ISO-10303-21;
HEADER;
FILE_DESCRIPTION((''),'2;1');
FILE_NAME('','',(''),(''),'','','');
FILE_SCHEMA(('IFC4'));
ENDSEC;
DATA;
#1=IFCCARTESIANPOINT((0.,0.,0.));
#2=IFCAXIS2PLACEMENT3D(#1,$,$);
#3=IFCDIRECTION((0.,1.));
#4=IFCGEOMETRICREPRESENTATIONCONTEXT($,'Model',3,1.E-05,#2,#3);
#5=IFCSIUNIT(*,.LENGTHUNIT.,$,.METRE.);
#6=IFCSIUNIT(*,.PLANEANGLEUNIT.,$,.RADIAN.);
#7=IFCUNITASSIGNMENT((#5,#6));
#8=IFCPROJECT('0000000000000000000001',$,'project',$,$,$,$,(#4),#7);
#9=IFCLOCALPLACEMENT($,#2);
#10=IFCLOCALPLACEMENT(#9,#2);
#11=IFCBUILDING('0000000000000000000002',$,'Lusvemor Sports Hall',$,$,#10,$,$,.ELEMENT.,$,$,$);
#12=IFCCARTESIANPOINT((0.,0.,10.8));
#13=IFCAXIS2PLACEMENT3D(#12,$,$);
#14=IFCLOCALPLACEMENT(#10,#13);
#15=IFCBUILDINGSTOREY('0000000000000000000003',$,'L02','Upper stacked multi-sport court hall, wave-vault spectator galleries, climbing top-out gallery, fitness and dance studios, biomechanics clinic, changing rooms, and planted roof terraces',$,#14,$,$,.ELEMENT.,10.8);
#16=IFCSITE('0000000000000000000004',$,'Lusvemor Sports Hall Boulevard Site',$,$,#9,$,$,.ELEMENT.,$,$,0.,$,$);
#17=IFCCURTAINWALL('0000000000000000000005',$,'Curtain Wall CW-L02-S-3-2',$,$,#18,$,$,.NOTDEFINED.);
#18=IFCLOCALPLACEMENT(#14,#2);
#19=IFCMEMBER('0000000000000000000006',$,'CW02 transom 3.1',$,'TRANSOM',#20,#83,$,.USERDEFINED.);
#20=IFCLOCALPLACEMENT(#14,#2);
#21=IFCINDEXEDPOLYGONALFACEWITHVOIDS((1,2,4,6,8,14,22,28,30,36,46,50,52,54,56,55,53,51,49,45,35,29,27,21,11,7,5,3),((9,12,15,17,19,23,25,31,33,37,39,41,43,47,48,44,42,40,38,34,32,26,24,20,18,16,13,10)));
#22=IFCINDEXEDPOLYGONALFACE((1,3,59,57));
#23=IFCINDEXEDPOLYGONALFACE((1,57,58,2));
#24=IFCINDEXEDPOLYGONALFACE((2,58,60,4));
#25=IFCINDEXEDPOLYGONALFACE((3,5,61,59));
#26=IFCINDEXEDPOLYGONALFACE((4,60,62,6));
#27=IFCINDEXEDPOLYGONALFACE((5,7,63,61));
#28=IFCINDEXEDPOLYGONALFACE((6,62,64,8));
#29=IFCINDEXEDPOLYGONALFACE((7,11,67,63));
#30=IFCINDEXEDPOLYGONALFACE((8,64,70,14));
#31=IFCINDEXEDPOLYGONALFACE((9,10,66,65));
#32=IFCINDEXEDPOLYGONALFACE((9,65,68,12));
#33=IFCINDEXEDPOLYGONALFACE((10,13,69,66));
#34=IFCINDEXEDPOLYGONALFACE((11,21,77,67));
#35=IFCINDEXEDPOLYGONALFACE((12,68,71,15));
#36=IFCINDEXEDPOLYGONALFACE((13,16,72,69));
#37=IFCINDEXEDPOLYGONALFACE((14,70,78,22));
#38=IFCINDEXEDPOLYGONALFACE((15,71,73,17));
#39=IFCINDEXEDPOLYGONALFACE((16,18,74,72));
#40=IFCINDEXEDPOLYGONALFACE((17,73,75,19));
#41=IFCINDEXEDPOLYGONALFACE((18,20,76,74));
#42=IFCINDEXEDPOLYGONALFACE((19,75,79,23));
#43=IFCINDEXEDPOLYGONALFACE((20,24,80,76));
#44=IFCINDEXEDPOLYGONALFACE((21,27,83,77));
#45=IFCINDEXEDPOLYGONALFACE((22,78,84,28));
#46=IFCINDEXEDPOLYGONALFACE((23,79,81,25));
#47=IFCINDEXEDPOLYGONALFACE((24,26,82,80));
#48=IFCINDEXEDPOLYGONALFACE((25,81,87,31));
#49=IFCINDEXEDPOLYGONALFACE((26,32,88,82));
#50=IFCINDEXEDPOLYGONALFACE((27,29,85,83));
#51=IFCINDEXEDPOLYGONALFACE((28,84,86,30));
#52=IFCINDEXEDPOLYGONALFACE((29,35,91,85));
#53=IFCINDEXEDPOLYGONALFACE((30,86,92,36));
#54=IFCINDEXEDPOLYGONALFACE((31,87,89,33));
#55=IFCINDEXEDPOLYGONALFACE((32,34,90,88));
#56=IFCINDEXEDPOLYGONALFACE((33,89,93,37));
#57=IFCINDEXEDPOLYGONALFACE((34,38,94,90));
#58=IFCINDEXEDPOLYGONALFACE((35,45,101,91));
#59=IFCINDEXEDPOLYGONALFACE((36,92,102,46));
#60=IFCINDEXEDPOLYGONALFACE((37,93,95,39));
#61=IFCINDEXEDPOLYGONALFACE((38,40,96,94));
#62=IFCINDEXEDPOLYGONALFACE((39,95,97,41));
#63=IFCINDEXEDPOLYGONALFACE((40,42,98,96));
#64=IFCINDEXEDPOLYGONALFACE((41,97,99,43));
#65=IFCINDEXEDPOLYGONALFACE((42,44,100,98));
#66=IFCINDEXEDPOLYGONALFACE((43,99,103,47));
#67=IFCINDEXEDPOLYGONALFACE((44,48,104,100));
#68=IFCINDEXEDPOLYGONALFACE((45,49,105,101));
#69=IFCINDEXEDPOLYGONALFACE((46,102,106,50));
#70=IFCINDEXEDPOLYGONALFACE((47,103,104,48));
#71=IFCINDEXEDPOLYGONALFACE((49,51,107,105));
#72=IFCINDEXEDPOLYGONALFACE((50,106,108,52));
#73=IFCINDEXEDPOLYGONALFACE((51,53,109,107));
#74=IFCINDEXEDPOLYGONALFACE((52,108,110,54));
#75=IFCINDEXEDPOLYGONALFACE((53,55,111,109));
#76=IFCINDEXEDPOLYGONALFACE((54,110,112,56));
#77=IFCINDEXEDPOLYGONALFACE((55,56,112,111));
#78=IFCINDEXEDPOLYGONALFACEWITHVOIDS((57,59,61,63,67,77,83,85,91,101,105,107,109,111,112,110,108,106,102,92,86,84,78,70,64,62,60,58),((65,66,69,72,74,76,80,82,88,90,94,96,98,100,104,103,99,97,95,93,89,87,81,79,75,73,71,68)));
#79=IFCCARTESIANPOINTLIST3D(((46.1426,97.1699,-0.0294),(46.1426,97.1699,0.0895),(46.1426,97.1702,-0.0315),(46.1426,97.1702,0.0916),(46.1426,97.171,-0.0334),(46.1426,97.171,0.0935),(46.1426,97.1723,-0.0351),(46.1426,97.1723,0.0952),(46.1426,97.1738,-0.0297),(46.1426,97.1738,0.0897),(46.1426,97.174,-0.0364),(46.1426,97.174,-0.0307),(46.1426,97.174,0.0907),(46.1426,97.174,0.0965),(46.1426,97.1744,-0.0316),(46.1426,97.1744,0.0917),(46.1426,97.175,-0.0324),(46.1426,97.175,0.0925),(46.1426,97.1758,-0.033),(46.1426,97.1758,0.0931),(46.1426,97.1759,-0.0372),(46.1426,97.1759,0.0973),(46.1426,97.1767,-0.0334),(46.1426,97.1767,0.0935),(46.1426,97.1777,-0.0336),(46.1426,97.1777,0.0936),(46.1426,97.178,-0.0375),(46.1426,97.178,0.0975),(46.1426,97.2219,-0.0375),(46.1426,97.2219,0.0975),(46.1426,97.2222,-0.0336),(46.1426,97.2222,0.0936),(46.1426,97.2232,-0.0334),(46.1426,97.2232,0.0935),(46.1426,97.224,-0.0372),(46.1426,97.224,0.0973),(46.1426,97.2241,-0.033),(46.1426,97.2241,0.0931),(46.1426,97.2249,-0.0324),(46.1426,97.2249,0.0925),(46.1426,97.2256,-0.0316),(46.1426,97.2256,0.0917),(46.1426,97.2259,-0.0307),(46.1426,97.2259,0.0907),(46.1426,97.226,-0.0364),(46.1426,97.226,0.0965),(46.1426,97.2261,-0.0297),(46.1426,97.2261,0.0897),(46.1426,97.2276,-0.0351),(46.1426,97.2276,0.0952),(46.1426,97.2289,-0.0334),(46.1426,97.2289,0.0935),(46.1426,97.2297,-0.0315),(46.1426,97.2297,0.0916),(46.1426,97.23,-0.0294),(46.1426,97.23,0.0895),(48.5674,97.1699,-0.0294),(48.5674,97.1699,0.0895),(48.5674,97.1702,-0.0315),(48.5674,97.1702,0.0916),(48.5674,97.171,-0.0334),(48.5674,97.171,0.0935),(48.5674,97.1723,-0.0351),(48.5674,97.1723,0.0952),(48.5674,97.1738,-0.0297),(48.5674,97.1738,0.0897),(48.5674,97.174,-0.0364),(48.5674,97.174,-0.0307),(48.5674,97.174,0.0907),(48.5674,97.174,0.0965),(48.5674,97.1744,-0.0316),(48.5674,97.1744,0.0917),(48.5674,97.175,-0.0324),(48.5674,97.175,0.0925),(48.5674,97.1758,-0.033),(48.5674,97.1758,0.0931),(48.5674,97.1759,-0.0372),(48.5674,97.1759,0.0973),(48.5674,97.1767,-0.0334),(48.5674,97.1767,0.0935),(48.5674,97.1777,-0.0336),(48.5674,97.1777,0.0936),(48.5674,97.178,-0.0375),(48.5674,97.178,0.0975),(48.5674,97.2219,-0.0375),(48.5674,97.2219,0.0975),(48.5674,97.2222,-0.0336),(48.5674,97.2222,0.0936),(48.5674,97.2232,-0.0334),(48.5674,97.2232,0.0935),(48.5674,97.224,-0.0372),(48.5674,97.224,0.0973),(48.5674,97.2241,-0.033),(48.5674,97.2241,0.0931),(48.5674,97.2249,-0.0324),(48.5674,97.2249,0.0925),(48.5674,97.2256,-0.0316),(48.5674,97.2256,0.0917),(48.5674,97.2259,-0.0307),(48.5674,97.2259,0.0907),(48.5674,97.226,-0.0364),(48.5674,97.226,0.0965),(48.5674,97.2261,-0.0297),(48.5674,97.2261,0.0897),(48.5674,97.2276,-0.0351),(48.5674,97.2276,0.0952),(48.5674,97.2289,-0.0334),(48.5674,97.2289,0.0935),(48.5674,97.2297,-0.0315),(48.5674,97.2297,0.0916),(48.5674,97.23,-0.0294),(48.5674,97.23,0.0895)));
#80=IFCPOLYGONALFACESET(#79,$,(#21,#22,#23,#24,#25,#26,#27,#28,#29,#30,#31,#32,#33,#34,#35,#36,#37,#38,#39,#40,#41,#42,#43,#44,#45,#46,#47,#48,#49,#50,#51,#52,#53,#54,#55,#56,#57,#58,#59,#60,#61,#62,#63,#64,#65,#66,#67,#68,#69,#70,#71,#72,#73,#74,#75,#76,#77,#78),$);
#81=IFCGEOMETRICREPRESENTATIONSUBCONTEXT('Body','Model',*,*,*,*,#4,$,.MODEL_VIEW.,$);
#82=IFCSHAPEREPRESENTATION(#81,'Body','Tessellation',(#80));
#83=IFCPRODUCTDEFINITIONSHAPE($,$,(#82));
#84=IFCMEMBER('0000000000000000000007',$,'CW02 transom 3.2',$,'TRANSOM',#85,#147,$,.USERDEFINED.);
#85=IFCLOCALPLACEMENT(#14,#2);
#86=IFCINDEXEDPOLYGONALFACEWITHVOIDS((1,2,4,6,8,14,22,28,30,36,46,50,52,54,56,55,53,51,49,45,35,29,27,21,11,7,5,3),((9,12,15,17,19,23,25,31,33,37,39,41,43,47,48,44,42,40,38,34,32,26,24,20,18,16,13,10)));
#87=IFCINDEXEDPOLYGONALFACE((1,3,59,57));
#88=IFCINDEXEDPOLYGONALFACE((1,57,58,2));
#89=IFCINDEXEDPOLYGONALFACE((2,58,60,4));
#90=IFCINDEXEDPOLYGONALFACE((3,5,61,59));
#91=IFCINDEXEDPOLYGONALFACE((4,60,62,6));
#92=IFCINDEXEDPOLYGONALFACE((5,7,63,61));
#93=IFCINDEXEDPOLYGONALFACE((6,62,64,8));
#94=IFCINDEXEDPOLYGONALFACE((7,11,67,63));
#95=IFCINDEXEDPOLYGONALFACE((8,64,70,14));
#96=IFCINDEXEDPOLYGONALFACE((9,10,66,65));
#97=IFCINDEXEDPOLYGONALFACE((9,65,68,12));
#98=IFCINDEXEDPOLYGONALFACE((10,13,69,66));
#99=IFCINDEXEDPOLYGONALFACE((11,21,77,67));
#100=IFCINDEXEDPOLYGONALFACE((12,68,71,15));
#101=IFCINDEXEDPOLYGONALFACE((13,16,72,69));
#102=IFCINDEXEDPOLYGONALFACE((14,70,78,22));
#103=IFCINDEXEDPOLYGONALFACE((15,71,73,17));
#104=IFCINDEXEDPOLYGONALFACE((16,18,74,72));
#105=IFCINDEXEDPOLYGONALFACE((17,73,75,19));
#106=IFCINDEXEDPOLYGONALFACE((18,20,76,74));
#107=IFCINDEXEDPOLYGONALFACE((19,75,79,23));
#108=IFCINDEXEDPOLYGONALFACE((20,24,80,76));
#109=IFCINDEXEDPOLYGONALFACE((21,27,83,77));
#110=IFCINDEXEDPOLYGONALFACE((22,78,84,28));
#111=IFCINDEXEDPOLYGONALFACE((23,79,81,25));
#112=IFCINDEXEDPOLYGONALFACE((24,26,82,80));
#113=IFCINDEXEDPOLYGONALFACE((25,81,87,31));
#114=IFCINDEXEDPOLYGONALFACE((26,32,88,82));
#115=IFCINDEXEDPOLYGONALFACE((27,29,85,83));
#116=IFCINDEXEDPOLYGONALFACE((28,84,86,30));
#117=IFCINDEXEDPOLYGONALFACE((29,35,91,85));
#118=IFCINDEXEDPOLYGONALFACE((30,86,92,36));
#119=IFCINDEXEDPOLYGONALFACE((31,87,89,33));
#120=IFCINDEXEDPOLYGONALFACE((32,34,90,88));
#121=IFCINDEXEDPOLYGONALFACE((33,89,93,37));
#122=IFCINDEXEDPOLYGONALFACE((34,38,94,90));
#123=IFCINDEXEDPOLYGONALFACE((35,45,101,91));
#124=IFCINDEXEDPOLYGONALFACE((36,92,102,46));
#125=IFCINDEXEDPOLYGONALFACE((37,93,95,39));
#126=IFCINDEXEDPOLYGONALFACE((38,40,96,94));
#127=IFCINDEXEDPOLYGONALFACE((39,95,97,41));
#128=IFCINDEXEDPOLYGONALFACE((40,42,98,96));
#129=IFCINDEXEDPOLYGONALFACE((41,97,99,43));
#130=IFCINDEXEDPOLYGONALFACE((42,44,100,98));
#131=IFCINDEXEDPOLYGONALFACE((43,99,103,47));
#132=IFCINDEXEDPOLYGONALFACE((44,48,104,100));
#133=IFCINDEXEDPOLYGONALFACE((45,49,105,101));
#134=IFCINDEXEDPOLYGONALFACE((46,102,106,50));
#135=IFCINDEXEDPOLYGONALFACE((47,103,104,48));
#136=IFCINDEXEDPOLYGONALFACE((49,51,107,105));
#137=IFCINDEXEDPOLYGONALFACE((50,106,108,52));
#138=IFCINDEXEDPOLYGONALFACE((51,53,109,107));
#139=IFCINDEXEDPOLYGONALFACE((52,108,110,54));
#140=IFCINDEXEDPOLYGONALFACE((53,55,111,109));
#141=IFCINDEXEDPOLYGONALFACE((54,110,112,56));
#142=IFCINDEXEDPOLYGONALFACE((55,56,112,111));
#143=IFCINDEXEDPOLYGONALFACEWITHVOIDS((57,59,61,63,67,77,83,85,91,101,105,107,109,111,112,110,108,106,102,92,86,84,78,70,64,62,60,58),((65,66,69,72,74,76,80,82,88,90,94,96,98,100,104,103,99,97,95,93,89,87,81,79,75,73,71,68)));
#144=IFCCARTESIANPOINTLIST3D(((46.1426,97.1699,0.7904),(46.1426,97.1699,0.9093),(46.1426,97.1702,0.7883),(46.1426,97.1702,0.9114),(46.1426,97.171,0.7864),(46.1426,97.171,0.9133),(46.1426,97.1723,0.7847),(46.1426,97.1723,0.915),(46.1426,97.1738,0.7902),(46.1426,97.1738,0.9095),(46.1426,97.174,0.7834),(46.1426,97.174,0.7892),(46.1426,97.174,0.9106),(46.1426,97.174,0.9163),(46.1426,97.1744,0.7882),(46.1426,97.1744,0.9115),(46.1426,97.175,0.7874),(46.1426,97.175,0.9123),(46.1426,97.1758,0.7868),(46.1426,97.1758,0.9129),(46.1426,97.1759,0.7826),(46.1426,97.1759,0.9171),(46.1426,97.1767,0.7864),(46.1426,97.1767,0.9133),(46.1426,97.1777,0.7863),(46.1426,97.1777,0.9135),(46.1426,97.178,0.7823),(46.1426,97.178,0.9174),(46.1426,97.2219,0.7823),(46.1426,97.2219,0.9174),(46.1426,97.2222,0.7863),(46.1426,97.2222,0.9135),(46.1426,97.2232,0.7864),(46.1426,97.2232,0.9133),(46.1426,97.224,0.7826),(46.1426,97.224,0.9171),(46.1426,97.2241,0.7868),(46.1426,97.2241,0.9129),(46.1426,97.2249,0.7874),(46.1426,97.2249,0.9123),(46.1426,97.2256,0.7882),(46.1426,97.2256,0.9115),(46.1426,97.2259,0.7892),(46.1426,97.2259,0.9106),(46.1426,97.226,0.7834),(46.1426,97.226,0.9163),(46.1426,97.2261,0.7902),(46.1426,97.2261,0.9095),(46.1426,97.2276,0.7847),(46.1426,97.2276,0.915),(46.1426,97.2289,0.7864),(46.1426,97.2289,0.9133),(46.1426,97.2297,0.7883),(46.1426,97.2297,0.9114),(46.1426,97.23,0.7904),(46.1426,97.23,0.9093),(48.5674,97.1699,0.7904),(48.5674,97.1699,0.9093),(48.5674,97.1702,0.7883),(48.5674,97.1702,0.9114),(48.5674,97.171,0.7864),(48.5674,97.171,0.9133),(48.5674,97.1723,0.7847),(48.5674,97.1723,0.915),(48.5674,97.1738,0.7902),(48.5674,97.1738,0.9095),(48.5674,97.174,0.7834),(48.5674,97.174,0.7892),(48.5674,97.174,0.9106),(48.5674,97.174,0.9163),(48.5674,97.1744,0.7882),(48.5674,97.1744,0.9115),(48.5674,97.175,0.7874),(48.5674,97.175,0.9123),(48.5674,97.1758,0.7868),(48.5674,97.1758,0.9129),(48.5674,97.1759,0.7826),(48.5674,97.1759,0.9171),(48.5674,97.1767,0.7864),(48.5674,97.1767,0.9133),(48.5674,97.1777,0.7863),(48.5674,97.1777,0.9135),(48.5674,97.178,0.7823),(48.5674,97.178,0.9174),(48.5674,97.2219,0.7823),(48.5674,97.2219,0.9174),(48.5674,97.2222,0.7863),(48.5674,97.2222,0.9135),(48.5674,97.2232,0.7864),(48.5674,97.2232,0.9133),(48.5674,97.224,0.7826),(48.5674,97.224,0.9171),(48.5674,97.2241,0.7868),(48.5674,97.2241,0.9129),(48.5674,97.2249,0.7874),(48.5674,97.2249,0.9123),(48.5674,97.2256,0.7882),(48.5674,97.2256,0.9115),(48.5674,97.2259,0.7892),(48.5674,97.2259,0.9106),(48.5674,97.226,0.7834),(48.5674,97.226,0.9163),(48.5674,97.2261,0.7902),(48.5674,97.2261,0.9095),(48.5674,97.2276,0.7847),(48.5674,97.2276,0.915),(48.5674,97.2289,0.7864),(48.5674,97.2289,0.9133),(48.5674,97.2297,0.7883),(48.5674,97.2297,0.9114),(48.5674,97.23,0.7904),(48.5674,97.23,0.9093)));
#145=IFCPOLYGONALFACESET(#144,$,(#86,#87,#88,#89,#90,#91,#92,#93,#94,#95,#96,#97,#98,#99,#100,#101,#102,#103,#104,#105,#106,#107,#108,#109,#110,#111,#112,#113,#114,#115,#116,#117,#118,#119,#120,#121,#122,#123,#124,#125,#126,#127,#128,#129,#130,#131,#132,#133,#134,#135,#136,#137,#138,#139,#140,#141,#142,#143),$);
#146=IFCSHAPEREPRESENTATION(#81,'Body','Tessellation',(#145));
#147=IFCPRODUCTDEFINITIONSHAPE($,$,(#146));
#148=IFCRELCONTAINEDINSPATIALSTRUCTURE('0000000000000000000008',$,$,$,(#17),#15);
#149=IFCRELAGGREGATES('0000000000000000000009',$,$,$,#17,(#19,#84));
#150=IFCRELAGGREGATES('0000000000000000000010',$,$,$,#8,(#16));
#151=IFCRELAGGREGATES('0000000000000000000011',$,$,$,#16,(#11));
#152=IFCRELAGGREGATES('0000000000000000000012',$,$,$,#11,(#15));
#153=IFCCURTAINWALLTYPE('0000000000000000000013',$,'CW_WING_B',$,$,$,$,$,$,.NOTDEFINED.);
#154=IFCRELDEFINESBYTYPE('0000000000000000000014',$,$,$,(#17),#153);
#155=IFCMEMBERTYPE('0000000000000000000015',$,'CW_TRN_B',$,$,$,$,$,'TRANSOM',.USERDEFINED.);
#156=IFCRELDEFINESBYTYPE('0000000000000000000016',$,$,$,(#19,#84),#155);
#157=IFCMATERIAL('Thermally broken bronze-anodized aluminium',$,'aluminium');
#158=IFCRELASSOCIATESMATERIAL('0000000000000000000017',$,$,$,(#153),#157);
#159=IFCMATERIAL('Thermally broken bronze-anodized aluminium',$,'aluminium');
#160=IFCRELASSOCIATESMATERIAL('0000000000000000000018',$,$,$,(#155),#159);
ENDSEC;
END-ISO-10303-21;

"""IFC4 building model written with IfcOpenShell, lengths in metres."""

from ifc_helpers import new_model, si_unit, direction, frame, origin, origin_2d, place, context, subcontext, project, spatial, hollow_rectangle, extrude, material, material_profile, profile_set, type_object, element, aggregate, save


model = new_model("IFC4")

# Units and contexts
model_context = context("Model", 3, precision=1e-05, world=origin(), true_north=direction((0.0, 1.0)))
body_context = subcontext(model_context, "Body", "Model", "MODEL_VIEW")
ifc_project = project(units=[si_unit("LENGTHUNIT", "METRE"), si_unit("PLANEANGLEUNIT", "RADIAN")], contexts=[model_context])

# Site, building, storey
site_placement = place(None, origin())
site = spatial("IfcSite", under=ifc_project, at=site_placement, Name="Lusvemor Sports Hall Boulevard Site", CompositionType="ELEMENT", RefElevation=0.0)
building_placement = place(site_placement, origin())
building = spatial("IfcBuilding", under=site, at=building_placement, Name="Lusvemor Sports Hall", CompositionType="ELEMENT")
storey_placement = place(building_placement, frame((0.0, 0.0, 10.8)))
storey = spatial("IfcBuildingStorey", under=building, at=storey_placement, Name="L02", Description="Upper stacked multi-sport court hall, wave-vault spectator galleries, climbing top-out gallery, fitness and dance studios, biomechanics clinic, changing rooms, and planted roof terraces", CompositionType="ELEMENT", Elevation=10.8)

# Curtain wall, members
ifc_material_1 = material(Name="Thermally broken bronze-anodized aluminium", Category="aluminium")
curtain_wall_type = type_object("IfcCurtainWallType", Name="CW_WING_B", PredefinedType="NOTDEFINED", material=ifc_material_1)
curtain_wall_placement = place(storey_placement, origin())
curtain_wall = element("IfcCurtainWall", 1, at=curtain_wall_placement, inside=storey, type_object=curtain_wall_type, Name="Curtain Wall CW-L02-S-3-2", PredefinedType="NOTDEFINED")
ifc_material_2 = material(Name="Thermally broken bronze-anodized aluminium", Category="aluminium")
ifc_material_profile_1 = material_profile(ifc_material_2, hollow_rectangle(XDim=0.0601, YDim=0.135, WallThickness=0.0039, InnerFilletRadius=0.0039, OuterFilletRadius=0.0081, at=origin_2d()), Name="CWTRN135x60x4")
ifc_profile_set_1 = profile_set([ifc_material_profile_1], Name="Thermally broken bronze-anodized aluminium")
member_type_1 = type_object("IfcMemberType", Name="CW_TRN_B", ElementType="TRANSOM", PredefinedType="USERDEFINED", material=ifc_profile_set_1)
member_1_placement = place(storey_placement, frame((48.5674, 97.2, 0.03), z_axis=(-1.0, 0.0, 0.0), x_axis=(0.0, -1.0, 0.0)))
member_1 = element("IfcMember", 2, at=member_1_placement, type_object=member_type_1, Name="CW02 transom 3.1", ObjectType="TRANSOM", PredefinedType="USERDEFINED", context=body_context, shape_type="SweptSolid", body=[
    extrude(hollow_rectangle(XDim=0.0601, YDim=0.135, WallThickness=0.0039, InnerFilletRadius=0.0039, OuterFilletRadius=0.0081, at=origin_2d()), origin(), (0.0, 0.0, 1.0), 2.4248),
])
member_2_placement = place(storey_placement, frame((48.5674, 97.2, 0.8499), z_axis=(-1.0, 0.0, 0.0), x_axis=(0.0, -1.0, 0.0)))
member_2 = element("IfcMember", 3, at=member_2_placement, type_object=member_type_1, Name="CW02 transom 3.2", ObjectType="TRANSOM", PredefinedType="USERDEFINED", context=body_context, shape_type="SweptSolid", body=[
    extrude(hollow_rectangle(XDim=0.0601, YDim=0.135, WallThickness=0.0039, InnerFilletRadius=0.0039, OuterFilletRadius=0.0081, at=origin_2d()), origin(), (0.0, 0.0, 1.0), 2.4248),
])

aggregate(curtain_wall, [member_1, member_2])

save(model, "model.ifc")
